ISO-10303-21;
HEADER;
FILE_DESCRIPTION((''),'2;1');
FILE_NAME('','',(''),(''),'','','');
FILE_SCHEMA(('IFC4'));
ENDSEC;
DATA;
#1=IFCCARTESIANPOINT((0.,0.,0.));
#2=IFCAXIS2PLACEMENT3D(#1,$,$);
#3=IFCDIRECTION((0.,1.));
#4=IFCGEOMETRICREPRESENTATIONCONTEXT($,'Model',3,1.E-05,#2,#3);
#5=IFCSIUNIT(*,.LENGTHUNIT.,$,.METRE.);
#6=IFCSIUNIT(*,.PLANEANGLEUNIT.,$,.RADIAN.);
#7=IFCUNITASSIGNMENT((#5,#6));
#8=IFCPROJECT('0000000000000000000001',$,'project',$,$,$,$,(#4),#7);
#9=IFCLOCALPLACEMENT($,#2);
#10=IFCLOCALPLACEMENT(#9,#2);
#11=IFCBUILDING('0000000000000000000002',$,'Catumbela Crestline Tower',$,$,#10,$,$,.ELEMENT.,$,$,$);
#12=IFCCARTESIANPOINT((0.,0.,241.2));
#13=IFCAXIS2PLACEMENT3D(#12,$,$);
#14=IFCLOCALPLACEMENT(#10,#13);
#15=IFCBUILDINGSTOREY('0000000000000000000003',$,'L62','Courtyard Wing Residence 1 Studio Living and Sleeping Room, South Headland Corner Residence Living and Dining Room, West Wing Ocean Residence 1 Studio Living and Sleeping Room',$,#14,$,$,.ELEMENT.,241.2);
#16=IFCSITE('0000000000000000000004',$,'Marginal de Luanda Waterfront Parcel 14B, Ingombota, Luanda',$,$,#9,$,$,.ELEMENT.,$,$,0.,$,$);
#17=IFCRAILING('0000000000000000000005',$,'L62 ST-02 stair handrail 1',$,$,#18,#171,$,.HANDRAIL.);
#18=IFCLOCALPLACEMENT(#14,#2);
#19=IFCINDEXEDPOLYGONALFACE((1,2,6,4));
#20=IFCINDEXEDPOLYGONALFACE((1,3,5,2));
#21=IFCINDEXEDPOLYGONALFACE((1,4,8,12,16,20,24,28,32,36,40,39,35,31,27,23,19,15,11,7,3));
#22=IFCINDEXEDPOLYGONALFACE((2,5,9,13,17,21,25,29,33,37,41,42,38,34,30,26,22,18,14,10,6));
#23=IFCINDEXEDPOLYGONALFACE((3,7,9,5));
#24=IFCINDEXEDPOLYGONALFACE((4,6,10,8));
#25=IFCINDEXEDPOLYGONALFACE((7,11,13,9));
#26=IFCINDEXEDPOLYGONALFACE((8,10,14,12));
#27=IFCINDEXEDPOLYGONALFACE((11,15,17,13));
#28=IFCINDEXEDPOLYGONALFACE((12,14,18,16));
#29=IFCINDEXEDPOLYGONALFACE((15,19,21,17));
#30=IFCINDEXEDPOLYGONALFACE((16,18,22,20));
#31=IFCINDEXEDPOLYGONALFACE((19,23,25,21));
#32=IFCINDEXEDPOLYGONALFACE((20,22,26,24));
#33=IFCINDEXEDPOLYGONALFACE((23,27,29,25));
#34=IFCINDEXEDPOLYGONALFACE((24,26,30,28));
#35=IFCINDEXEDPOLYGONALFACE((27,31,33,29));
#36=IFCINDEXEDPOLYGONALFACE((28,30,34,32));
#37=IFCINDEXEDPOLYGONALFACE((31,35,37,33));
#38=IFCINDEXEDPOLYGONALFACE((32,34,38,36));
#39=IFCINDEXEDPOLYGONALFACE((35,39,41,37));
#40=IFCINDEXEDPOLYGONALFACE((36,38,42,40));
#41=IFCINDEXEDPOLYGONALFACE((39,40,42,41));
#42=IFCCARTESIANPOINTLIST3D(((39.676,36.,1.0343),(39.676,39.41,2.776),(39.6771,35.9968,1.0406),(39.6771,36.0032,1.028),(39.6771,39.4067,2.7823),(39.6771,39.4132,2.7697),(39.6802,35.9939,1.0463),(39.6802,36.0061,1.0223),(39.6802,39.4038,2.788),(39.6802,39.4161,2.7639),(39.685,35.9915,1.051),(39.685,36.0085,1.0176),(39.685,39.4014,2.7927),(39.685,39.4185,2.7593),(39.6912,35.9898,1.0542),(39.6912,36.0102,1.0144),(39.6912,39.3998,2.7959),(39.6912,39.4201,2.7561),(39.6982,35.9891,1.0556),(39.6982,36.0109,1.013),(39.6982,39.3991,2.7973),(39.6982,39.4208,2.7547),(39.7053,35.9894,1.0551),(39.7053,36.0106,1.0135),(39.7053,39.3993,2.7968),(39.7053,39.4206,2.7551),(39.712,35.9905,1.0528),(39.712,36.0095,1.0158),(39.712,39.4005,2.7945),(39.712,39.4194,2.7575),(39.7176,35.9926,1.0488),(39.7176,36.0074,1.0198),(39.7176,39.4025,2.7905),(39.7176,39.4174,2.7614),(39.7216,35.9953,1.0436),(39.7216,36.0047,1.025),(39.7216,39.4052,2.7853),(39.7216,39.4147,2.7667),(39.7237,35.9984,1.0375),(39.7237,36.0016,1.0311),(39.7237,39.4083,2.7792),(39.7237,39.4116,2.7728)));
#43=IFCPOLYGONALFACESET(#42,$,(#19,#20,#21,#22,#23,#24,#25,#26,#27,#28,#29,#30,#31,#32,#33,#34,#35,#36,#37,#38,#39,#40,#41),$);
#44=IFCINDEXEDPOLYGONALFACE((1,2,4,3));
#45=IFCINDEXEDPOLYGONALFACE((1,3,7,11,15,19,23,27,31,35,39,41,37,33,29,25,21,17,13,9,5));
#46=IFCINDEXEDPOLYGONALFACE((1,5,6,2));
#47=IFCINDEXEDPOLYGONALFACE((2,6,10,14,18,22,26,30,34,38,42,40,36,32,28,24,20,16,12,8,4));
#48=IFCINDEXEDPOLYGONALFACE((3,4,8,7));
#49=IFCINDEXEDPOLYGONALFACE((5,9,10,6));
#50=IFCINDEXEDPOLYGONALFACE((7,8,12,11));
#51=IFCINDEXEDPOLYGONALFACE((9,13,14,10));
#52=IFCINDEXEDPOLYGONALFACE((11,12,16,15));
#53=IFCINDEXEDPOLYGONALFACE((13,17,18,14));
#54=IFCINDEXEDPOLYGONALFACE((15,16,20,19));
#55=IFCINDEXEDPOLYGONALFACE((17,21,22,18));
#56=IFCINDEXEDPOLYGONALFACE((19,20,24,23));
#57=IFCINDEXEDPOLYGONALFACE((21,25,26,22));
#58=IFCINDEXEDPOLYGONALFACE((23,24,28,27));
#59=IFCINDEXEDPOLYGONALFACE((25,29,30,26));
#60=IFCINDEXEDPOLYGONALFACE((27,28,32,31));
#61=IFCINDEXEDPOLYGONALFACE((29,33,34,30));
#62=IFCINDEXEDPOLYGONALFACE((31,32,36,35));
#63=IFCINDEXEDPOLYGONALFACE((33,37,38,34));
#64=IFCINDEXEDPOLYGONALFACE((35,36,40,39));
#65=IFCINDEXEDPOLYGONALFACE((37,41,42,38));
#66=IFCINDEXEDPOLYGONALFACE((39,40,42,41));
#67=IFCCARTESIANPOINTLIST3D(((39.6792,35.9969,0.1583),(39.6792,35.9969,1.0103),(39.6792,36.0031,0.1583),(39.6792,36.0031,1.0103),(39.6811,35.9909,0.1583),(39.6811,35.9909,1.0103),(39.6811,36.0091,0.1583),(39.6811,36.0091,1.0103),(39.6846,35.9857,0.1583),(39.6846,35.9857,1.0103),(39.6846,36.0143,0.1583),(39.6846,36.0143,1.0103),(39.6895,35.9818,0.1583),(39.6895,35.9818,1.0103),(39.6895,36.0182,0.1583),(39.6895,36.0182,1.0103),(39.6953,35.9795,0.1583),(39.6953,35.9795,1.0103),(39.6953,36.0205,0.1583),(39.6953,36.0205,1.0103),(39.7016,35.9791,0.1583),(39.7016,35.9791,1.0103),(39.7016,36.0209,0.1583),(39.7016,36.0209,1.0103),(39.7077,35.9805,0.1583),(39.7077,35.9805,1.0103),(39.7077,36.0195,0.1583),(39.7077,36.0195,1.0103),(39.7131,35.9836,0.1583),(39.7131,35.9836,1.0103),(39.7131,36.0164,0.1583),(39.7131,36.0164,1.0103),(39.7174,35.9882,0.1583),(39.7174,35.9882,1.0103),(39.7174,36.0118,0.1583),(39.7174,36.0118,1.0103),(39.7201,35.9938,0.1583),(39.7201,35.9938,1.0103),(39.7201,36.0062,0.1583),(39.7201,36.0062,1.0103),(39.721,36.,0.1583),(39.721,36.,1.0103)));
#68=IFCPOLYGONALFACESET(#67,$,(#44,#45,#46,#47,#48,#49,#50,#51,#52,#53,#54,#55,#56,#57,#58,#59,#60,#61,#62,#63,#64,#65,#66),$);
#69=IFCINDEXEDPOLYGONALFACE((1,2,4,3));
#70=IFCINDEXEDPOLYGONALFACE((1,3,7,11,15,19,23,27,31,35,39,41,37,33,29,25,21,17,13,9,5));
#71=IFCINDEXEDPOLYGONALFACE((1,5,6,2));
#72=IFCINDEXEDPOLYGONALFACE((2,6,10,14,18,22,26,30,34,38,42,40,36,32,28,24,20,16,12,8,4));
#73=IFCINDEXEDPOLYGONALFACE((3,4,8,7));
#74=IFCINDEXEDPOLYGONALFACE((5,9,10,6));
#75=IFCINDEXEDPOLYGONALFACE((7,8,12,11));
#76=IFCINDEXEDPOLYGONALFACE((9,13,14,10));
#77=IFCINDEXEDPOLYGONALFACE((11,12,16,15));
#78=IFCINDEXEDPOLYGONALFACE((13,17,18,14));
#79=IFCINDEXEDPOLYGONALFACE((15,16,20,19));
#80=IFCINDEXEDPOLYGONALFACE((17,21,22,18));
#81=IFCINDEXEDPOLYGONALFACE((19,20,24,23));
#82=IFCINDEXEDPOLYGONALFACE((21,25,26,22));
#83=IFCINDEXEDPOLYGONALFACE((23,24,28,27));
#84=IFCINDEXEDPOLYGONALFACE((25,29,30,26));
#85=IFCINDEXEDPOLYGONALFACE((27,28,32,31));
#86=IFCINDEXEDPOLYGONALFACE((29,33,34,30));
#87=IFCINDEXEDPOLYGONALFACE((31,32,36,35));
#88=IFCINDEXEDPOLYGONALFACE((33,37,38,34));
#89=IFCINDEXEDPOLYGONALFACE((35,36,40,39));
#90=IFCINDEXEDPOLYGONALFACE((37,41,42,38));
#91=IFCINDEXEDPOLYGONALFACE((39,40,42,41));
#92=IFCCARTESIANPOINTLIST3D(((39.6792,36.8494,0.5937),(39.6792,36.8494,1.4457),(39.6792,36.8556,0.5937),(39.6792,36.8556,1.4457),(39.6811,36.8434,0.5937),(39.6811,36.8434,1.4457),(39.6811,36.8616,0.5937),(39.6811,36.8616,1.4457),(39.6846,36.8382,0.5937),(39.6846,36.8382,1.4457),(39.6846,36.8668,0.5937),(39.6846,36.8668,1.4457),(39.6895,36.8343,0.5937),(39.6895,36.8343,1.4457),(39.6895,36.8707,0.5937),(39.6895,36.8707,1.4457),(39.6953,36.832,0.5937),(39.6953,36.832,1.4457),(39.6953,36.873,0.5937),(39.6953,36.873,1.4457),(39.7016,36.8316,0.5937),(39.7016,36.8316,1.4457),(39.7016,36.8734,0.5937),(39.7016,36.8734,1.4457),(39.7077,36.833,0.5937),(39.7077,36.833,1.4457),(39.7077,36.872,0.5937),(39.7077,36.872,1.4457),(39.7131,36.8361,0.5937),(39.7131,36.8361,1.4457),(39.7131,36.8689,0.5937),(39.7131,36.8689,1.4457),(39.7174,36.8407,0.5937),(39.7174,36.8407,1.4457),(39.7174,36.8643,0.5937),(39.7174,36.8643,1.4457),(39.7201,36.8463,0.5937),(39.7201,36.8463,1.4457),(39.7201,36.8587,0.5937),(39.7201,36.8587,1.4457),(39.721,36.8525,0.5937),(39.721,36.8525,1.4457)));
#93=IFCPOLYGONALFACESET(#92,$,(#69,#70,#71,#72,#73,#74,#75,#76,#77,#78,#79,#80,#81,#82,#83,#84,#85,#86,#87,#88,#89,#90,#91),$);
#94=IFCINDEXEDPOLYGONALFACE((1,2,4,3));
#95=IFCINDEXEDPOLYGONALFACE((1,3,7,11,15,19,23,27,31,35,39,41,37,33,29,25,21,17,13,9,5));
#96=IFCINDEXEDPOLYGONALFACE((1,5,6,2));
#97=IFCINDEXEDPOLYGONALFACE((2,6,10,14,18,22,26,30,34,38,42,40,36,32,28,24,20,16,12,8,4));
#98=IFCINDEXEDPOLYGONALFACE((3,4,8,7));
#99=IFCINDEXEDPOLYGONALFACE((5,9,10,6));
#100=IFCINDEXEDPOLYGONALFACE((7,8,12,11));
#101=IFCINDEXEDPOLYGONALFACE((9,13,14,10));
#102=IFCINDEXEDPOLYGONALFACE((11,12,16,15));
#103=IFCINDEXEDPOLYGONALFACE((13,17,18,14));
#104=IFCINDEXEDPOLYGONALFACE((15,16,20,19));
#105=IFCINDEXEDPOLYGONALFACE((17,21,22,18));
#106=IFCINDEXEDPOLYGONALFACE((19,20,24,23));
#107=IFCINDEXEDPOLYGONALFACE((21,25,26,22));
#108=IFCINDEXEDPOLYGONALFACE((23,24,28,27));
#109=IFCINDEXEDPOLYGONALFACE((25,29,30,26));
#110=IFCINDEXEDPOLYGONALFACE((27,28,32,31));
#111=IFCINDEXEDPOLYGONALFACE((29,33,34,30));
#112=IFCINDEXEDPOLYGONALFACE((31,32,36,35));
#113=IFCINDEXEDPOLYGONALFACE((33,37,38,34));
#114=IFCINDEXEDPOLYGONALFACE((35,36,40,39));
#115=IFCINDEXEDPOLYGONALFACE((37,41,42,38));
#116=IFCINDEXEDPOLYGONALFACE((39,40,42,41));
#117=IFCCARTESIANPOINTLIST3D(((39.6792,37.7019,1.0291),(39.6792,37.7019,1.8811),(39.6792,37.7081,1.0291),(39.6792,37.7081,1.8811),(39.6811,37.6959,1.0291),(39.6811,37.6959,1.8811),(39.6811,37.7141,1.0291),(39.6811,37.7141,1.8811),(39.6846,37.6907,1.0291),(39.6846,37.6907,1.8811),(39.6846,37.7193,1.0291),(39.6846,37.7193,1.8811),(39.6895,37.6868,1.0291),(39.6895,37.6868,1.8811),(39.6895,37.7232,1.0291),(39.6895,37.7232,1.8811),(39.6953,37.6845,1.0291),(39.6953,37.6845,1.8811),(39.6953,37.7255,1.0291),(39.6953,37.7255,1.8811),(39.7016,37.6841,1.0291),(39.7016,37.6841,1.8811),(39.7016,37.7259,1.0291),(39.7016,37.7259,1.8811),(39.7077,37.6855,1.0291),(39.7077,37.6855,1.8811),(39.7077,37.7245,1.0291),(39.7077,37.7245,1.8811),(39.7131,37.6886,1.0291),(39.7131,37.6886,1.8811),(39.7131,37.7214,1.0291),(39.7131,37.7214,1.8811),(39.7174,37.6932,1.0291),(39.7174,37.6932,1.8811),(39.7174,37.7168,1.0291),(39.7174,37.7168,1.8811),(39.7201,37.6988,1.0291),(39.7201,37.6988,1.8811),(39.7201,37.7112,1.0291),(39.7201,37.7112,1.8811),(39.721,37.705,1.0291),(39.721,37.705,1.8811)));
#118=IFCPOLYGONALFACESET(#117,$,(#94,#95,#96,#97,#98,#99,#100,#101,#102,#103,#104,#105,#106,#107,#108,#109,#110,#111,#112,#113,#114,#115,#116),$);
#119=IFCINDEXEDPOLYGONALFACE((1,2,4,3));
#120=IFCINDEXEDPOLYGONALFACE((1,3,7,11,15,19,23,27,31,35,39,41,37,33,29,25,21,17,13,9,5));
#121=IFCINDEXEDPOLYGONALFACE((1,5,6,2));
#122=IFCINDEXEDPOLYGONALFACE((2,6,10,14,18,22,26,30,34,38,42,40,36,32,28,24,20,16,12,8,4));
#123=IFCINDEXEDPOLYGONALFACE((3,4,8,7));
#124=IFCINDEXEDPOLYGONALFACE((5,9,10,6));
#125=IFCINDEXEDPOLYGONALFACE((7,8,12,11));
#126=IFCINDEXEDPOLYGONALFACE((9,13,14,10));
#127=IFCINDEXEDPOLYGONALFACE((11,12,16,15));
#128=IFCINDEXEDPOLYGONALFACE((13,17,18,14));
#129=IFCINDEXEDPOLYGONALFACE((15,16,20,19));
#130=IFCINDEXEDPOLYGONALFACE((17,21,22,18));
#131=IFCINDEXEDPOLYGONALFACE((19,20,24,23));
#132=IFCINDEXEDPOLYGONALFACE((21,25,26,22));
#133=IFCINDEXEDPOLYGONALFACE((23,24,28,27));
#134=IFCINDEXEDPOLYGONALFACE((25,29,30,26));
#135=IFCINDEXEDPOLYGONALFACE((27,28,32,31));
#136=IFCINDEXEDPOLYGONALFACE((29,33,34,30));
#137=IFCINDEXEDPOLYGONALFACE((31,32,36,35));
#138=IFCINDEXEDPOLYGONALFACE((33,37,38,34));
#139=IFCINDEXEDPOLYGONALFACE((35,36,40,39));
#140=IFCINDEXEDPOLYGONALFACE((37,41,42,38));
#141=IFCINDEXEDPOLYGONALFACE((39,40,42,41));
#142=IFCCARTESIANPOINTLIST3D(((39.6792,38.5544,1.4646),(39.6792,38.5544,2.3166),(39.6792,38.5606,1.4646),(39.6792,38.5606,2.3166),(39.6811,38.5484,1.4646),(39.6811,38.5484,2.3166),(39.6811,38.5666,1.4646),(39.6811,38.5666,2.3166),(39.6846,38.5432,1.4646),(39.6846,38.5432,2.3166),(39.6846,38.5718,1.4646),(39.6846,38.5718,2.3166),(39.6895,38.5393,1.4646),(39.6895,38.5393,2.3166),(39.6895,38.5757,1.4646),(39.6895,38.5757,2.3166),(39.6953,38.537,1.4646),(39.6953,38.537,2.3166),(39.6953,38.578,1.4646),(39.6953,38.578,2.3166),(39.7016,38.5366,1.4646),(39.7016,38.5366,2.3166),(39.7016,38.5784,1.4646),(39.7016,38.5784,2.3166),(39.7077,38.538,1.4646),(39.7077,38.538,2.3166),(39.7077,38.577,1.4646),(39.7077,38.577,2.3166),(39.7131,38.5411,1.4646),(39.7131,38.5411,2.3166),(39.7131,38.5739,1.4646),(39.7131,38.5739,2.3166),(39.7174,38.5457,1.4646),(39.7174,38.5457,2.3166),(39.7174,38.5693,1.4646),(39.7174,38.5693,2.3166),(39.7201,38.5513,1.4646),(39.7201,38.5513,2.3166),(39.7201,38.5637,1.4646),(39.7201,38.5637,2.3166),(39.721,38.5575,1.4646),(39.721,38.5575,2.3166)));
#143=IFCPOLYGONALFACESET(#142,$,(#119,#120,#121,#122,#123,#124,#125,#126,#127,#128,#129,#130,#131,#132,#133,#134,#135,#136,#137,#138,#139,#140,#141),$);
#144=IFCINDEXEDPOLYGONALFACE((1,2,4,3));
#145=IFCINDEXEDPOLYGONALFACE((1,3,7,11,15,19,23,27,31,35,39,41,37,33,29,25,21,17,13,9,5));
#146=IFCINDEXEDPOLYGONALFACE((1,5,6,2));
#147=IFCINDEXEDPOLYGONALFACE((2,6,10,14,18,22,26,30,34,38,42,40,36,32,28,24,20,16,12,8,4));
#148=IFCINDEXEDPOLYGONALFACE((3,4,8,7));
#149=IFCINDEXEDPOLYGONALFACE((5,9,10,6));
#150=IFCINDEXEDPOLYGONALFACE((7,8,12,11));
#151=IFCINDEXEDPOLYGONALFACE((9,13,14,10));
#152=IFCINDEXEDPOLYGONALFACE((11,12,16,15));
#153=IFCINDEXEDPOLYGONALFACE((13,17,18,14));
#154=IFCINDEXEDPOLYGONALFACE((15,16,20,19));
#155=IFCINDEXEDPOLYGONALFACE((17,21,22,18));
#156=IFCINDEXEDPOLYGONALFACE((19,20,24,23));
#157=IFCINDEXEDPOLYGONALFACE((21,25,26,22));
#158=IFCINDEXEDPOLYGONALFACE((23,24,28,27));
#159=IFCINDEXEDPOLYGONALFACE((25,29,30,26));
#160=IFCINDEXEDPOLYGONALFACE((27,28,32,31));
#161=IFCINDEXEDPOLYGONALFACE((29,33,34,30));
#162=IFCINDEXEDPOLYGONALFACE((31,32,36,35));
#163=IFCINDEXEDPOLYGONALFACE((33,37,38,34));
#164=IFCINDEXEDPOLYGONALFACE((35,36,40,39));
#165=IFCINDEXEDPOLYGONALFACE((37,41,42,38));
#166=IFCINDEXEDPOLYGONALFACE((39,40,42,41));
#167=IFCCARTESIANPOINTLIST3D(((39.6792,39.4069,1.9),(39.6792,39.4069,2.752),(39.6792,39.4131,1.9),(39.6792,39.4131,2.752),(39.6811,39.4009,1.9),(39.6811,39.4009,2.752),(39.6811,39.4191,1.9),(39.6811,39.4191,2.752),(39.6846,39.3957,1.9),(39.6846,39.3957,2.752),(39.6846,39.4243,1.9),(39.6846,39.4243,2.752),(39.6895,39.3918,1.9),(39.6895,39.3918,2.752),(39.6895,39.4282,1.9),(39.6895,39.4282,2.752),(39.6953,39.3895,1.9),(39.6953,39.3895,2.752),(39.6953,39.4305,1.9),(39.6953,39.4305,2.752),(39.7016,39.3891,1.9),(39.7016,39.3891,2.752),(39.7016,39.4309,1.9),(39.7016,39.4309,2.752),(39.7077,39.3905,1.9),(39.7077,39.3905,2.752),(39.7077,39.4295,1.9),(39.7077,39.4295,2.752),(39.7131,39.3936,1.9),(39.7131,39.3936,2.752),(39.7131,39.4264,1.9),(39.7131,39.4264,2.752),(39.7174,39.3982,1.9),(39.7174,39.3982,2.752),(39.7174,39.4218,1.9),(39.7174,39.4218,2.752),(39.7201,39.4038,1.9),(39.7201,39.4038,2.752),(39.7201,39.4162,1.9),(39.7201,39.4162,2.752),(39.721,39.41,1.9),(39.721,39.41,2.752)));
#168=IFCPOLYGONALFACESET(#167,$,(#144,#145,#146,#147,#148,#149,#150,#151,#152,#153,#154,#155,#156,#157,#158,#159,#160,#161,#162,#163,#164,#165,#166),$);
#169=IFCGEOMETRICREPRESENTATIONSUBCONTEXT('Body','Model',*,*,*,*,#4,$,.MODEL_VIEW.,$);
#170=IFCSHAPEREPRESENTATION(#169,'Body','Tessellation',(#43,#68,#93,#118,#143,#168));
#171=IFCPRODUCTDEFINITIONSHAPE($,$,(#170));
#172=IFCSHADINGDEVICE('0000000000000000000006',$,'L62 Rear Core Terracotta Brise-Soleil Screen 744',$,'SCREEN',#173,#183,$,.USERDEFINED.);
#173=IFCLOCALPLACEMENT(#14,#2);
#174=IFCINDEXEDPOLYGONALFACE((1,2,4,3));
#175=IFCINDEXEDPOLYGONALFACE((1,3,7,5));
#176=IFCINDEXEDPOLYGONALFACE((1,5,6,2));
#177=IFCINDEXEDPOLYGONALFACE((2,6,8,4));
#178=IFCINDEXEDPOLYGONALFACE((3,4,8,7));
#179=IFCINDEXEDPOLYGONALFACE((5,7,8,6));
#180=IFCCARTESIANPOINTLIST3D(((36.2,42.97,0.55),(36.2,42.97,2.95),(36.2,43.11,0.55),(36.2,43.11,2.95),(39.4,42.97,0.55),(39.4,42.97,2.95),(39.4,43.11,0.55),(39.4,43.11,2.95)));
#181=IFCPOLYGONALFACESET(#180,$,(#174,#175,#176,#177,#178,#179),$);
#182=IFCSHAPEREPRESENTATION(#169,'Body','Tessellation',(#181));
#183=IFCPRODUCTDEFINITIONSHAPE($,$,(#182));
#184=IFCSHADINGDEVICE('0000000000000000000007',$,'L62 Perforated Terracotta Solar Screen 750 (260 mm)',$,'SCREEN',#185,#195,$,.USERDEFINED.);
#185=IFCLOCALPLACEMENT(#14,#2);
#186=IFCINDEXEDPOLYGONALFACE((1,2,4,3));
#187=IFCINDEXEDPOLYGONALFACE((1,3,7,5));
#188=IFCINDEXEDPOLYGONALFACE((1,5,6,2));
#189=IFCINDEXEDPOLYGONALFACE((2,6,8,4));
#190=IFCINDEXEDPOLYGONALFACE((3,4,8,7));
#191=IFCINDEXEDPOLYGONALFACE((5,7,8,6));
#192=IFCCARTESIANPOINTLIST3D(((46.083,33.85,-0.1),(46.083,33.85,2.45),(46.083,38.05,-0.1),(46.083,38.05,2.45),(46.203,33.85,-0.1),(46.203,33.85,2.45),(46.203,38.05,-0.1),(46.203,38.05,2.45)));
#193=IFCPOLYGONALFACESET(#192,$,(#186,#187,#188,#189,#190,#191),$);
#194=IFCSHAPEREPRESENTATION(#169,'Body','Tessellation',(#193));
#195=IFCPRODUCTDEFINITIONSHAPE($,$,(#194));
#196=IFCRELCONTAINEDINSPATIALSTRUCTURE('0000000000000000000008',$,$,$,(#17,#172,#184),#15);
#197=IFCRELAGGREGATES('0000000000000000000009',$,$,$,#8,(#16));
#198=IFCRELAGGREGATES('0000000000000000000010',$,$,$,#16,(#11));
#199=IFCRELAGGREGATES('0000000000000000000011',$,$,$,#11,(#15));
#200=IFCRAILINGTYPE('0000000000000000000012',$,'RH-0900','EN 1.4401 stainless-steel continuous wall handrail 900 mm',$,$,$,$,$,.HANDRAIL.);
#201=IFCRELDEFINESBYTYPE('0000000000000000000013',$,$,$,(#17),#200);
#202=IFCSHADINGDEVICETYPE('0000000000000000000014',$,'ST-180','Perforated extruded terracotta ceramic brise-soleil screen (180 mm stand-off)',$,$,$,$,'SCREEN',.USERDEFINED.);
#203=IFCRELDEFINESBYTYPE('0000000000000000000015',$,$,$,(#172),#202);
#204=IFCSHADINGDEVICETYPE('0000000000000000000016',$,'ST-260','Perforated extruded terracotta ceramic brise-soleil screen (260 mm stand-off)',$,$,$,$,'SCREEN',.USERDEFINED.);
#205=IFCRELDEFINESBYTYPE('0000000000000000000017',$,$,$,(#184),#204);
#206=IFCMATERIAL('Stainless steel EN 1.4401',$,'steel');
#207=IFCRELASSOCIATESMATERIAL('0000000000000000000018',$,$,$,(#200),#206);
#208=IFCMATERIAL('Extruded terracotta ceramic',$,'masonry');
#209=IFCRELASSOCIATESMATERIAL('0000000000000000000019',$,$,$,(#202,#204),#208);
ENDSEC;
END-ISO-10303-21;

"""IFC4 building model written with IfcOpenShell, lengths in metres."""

from ifc_helpers import new_model, si_unit, direction, frame, origin, origin_2d, place, context, subcontext, project, spatial, rectangle, circle, extrude, material, type_object, element, save


model = new_model("IFC4")

# Units and contexts
model_context = context("Model", 3, precision=1e-05, world=origin(), true_north=direction((0.0, 1.0)))
body_context = subcontext(model_context, "Body", "Model", "MODEL_VIEW")
ifc_project = project(units=[si_unit("LENGTHUNIT", "METRE"), si_unit("PLANEANGLEUNIT", "RADIAN")], contexts=[model_context])

# Site, building, storey
site_placement = place(None, origin())
site = spatial("IfcSite", under=ifc_project, at=site_placement, Name="Marginal de Luanda Waterfront Parcel 14B, Ingombota, Luanda", CompositionType="ELEMENT", RefElevation=0.0)
building_placement = place(site_placement, origin())
building = spatial("IfcBuilding", under=site, at=building_placement, Name="Catumbela Crestline Tower", CompositionType="ELEMENT")
storey_placement = place(building_placement, frame((0.0, 0.0, 241.2)))
storey = spatial("IfcBuildingStorey", under=building, at=storey_placement, Name="L62", Description="Courtyard Wing Residence 1 Studio Living and Sleeping Room, South Headland Corner Residence Living and Dining Room, West Wing Ocean Residence 1 Studio Living and Sleeping Room", CompositionType="ELEMENT", Elevation=241.2)

# Railing
ifc_material_1 = material(Name="Stainless steel EN 1.4401", Category="steel")
railing_type_1 = type_object("IfcRailingType", Name="RH-0900", Description="EN 1.4401 stainless-steel continuous wall handrail 900 mm", PredefinedType="HANDRAIL", material=ifc_material_1)
railing_1_placement = place(storey_placement, frame((39.7, 36.0, 0.1583)))
element("IfcRailing", 1, at=railing_1_placement, inside=storey, type_object=railing_type_1, Name="L62 ST-02 stair handrail 1", PredefinedType="HANDRAIL", context=body_context, shape_type="SweptSolid", body=[
    extrude(circle(Radius=0.024, at=origin_2d()), frame((0.0, 0.0, 0.876), z_axis=(0.0, 0.89056, 0.454865), x_axis=(-1.0, 0.0, 0.0)), (0.0, 0.0, 1.0), 3.829),
    extrude(circle(Radius=0.021, at=origin_2d()), origin(), (0.0, 0.0, 1.0), 0.852),
    extrude(circle(Radius=0.021, at=origin_2d()), frame((0.0, 0.8525, 0.4354)), (0.0, 0.0, 1.0), 0.852),
    extrude(circle(Radius=0.021, at=origin_2d()), frame((0.0, 1.705, 0.8708)), (0.0, 0.0, 1.0), 0.852),
    extrude(circle(Radius=0.021, at=origin_2d()), frame((0.0, 2.5575, 1.3063)), (0.0, 0.0, 1.0), 0.852),
    extrude(circle(Radius=0.021, at=origin_2d()), frame((0.0, 3.41, 1.7417)), (0.0, 0.0, 1.0), 0.852),
])

# Shading devices
ifc_material_2 = material(Name="Extruded terracotta ceramic", Category="masonry")
shading_device_type_1 = type_object("IfcShadingDeviceType", Name="ST-180", Description="Perforated extruded terracotta ceramic brise-soleil screen (180 mm stand-off)", ElementType="SCREEN", PredefinedType="USERDEFINED", material=ifc_material_2)
shading_device_1_placement = place(storey_placement, frame((37.8, 43.04, 0.55), z_axis=(0.0, 0.0, 1.0), x_axis=(1.0, 0.0, 0.0)))
element("IfcShadingDevice", 2, at=shading_device_1_placement, inside=storey, type_object=shading_device_type_1, Name="L62 Rear Core Terracotta Brise-Soleil Screen 744", ObjectType="SCREEN", PredefinedType="USERDEFINED", context=body_context, shape_type="SweptSolid", body=[
    extrude(rectangle(XDim=3.2, YDim=0.14, at=origin_2d()), origin(), (0.0, 0.0, 1.0), 2.4),
])
shading_device_type_2 = type_object("IfcShadingDeviceType", Name="ST-260", Description="Perforated extruded terracotta ceramic brise-soleil screen (260 mm stand-off)", ElementType="SCREEN", PredefinedType="USERDEFINED", material=ifc_material_2)
shading_device_2_placement = place(storey_placement, frame((46.143, 35.95, -0.1), z_axis=(0.0, 0.0, 1.0), x_axis=(0.0, 1.0, 0.0)))
element("IfcShadingDevice", 3, at=shading_device_2_placement, inside=storey, type_object=shading_device_type_2, Name="L62 Perforated Terracotta Solar Screen 750 (260 mm)", ObjectType="SCREEN", PredefinedType="USERDEFINED", context=body_context, shape_type="SweptSolid", body=[
    extrude(rectangle(XDim=4.2, YDim=0.12, at=origin_2d()), origin(), (0.0, 0.0, 1.0), 2.55),
])

save(model, "model.ifc")
